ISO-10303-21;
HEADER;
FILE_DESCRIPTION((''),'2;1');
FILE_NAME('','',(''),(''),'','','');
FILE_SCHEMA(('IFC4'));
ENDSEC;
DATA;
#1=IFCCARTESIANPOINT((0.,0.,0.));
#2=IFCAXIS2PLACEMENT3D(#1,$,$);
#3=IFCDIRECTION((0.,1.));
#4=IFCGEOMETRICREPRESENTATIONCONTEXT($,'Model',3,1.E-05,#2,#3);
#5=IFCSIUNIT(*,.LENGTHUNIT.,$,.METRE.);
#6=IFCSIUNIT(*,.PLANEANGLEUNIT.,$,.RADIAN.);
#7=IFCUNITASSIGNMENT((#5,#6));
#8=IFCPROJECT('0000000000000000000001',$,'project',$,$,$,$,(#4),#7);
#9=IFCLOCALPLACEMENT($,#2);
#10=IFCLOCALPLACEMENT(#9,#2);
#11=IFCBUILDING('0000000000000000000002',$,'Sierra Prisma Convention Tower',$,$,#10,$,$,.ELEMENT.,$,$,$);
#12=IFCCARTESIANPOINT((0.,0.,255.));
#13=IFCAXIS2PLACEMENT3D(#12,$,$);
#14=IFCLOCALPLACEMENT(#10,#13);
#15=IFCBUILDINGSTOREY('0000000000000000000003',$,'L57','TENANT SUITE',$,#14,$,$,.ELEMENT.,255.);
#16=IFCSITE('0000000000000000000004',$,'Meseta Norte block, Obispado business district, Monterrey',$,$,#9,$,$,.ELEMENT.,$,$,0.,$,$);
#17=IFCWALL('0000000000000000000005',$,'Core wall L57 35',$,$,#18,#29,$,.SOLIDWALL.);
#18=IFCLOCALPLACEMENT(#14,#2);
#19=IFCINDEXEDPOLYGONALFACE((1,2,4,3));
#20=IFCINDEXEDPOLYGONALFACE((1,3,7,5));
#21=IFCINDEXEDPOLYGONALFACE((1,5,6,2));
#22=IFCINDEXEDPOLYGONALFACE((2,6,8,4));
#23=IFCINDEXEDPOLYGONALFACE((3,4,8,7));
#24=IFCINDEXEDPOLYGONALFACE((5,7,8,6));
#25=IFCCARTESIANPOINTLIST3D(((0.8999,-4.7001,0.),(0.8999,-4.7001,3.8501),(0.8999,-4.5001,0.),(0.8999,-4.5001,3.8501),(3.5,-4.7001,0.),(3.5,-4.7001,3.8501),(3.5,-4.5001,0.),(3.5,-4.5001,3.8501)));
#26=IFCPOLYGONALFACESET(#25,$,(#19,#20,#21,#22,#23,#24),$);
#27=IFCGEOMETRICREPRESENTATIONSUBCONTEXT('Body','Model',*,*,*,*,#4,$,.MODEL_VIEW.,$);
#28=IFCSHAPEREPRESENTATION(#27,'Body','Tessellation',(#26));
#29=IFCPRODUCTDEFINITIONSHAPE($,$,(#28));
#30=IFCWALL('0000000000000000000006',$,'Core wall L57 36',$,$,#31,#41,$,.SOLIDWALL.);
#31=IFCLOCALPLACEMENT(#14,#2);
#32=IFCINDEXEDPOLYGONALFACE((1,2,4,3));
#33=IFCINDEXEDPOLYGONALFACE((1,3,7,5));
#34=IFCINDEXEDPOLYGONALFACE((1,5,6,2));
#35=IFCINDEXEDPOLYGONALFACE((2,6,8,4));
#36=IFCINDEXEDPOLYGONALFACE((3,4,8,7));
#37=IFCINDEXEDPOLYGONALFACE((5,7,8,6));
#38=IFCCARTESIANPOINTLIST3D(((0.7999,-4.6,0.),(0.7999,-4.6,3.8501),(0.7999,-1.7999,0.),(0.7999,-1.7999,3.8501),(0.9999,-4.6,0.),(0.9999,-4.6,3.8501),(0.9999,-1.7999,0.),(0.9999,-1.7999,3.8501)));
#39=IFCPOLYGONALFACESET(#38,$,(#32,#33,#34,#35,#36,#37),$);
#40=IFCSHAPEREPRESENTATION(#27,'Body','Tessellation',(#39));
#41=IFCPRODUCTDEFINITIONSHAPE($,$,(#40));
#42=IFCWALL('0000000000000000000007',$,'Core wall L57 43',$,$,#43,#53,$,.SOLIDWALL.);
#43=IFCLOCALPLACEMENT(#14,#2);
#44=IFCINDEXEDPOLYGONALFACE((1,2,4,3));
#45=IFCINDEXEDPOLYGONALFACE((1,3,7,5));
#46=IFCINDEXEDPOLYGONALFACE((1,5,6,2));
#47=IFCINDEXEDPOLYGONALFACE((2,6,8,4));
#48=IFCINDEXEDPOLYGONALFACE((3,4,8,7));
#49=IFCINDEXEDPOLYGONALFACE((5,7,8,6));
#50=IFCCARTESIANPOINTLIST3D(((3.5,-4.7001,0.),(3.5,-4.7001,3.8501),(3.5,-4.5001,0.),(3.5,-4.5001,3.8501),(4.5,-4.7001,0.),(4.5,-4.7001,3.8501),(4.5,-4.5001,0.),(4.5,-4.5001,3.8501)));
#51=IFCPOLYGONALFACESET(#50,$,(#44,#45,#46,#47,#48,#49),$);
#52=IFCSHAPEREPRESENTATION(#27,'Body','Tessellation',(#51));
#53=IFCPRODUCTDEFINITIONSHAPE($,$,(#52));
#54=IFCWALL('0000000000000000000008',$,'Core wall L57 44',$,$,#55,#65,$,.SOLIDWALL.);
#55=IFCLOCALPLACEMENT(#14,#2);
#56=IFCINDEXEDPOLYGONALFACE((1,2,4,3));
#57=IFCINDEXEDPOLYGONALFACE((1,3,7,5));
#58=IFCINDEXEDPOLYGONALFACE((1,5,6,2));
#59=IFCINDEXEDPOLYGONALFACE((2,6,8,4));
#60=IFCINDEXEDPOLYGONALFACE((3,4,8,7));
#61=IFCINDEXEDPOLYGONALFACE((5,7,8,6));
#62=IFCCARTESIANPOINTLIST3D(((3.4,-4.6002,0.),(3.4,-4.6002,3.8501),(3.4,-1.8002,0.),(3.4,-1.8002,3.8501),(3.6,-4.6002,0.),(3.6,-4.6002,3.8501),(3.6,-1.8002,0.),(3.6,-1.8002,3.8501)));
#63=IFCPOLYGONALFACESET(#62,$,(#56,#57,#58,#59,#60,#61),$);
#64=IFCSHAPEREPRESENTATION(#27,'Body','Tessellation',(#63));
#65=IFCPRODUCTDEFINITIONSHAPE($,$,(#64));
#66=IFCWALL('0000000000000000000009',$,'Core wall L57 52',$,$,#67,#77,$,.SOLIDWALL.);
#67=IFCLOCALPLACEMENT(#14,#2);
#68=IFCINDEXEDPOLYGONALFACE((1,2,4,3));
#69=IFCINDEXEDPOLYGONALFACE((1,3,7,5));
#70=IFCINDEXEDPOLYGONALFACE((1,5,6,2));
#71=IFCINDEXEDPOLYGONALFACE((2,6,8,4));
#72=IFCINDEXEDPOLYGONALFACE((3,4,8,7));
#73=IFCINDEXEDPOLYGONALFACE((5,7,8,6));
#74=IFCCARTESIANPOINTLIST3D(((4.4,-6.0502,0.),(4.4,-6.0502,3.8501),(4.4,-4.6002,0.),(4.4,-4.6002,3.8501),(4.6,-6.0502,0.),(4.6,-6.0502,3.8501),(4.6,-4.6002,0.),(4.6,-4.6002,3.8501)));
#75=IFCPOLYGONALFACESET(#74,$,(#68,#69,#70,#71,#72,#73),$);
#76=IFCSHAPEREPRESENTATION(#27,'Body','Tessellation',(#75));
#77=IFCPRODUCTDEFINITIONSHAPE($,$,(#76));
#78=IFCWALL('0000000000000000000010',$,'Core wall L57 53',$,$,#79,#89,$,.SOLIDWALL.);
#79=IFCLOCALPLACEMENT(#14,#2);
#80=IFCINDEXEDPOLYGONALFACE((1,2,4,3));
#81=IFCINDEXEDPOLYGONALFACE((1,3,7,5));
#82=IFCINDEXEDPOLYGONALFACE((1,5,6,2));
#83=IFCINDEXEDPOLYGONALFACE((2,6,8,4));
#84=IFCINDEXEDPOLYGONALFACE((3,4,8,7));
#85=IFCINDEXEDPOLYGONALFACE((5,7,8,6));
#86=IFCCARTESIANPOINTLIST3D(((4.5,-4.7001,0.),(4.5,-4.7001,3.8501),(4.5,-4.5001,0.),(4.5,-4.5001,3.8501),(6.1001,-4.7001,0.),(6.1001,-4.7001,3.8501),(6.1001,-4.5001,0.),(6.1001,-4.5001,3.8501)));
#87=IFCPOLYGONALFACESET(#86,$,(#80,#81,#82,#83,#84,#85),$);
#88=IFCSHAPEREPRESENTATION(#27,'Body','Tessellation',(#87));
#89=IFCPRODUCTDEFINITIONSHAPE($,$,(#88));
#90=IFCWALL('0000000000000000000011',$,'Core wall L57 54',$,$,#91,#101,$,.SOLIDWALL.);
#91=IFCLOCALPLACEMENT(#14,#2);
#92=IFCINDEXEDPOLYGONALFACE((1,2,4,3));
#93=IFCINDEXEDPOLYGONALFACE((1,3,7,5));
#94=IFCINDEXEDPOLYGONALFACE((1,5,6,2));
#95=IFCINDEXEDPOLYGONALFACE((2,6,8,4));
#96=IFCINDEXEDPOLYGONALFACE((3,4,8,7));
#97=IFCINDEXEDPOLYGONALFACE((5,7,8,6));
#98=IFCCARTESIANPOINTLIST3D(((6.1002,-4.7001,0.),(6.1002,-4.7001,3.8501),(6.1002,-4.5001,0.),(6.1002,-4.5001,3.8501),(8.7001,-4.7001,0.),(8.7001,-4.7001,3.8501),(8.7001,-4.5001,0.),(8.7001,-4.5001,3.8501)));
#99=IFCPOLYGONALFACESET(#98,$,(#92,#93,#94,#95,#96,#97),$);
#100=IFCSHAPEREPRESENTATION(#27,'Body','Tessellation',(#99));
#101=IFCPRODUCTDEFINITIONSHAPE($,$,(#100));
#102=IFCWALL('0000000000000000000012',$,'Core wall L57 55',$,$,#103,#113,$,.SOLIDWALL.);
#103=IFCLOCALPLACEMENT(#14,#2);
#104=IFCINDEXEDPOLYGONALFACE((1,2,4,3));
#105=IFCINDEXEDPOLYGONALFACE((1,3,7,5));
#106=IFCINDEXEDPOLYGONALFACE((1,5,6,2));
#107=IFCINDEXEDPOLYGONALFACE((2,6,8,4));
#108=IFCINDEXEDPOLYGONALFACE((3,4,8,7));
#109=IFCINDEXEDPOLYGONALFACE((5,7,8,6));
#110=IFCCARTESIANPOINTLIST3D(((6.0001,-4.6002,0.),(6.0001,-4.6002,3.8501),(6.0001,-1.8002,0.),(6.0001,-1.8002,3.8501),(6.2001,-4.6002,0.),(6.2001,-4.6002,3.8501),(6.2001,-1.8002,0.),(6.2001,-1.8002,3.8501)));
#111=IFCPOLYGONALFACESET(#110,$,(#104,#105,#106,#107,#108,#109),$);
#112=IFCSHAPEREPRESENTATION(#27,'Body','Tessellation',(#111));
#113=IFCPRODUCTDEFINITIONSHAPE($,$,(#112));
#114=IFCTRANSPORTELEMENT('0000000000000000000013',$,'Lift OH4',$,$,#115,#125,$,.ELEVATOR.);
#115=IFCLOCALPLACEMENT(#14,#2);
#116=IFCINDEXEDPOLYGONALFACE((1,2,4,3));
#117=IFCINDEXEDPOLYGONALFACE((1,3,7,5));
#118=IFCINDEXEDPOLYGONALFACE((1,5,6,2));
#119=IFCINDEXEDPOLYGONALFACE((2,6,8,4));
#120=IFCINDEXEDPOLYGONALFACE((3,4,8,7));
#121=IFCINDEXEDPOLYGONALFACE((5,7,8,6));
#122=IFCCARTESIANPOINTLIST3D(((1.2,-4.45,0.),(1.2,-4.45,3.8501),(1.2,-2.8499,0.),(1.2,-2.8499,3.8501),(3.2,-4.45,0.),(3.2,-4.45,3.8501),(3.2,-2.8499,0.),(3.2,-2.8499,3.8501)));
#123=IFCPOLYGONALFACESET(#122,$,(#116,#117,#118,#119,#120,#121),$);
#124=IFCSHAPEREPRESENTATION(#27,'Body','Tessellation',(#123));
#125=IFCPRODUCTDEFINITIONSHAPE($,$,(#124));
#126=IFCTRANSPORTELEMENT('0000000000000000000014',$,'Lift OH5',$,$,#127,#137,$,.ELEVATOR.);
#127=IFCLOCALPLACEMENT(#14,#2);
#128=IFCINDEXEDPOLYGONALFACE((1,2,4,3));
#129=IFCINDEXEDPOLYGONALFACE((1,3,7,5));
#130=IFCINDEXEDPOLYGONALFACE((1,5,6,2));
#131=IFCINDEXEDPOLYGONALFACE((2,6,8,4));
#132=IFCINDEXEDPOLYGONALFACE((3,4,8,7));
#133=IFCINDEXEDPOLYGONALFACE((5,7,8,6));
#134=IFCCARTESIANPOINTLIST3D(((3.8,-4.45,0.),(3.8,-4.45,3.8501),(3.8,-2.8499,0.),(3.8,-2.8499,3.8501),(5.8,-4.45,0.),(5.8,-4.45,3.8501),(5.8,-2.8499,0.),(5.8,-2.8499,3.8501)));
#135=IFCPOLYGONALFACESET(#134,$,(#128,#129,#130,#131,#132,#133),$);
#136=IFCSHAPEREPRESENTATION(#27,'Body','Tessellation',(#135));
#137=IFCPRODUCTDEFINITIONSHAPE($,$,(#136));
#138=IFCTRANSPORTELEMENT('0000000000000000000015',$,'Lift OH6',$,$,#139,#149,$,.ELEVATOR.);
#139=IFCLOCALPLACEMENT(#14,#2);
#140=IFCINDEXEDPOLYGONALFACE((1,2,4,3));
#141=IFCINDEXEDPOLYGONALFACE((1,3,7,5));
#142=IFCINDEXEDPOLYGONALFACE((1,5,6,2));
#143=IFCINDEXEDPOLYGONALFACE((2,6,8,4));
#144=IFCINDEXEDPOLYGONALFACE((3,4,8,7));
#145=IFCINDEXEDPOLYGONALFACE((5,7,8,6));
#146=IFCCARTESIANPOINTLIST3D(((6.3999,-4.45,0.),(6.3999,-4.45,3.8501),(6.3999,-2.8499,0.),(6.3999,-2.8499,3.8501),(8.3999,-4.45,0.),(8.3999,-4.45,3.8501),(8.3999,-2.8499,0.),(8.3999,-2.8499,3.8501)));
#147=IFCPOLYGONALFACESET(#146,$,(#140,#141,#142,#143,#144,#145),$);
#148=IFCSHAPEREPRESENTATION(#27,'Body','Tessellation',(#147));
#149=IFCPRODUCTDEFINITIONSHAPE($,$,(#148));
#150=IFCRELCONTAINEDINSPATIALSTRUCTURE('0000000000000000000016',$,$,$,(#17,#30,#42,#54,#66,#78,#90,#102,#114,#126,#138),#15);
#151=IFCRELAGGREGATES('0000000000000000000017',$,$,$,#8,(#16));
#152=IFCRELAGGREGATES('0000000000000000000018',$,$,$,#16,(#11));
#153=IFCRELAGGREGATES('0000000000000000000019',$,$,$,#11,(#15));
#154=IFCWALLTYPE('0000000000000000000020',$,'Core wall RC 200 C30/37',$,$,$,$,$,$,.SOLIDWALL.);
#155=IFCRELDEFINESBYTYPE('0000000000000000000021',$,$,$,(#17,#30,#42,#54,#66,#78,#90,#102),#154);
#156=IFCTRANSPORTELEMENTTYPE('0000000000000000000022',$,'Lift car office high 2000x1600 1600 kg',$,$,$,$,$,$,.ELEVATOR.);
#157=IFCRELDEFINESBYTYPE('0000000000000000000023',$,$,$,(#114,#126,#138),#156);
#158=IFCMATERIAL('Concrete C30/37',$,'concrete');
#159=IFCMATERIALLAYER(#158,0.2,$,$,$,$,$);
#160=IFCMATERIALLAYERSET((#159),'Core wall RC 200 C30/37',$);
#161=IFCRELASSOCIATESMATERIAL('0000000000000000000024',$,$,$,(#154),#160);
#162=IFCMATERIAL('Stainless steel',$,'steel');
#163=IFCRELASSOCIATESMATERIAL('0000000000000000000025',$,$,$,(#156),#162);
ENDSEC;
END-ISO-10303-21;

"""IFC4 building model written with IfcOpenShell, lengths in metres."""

from ifc_helpers import new_model, si_unit, direction, frame, frame_2d, origin, origin_2d, place, context, subcontext, project, spatial, rectangle, extrude, material, layer, layer_set, type_object, element, save


model = new_model("IFC4")

# Units and contexts
model_context = context("Model", 3, precision=1e-05, world=origin(), true_north=direction((0.0, 1.0)))
body_context = subcontext(model_context, "Body", "Model", "MODEL_VIEW")
ifc_project = project(units=[si_unit("LENGTHUNIT", "METRE"), si_unit("PLANEANGLEUNIT", "RADIAN")], contexts=[model_context])

# Site, building, storey
site_placement = place(None, origin())
site = spatial("IfcSite", under=ifc_project, at=site_placement, Name="Meseta Norte block, Obispado business district, Monterrey", CompositionType="ELEMENT", RefElevation=0.0)
building_placement = place(site_placement, origin())
building = spatial("IfcBuilding", under=site, at=building_placement, Name="Sierra Prisma Convention Tower", CompositionType="ELEMENT")
storey_placement = place(building_placement, frame((0.0, 0.0, 255.0)))
storey = spatial("IfcBuildingStorey", under=building, at=storey_placement, Name="L57", Description="TENANT SUITE", CompositionType="ELEMENT", Elevation=255.0)

# Walls
ifc_material_1 = material(Name="Concrete C30/37", Category="concrete")
ifc_layer = layer(ifc_material_1, 0.2)
ifc_layer_set = layer_set([ifc_layer], Name="Core wall RC 200 C30/37")
wall_type = type_object("IfcWallType", Name="Core wall RC 200 C30/37", PredefinedType="SOLIDWALL", material=ifc_layer_set)
wall_1_placement = place(storey_placement, frame((3.5, -4.6001, 0.0), z_axis=(0.0, 0.0, 1.0), x_axis=(-1.0, 0.0, 0.0)))
element("IfcWall", 1, at=wall_1_placement, inside=storey, type_object=wall_type, Name="Core wall L57 35", PredefinedType="SOLIDWALL", context=body_context, shape_type="SweptSolid", body=[
    extrude(rectangle(XDim=2.6001, YDim=0.2, at=frame_2d((1.3, 0.0))), origin(), (0.0, 0.0, 1.0), 3.8501),
])
wall_2_placement = place(storey_placement, frame((0.8999, -1.8, 0.0), z_axis=(0.0, 0.0, 1.0), x_axis=(0.0, -1.0, 0.0)))
element("IfcWall", 2, at=wall_2_placement, inside=storey, type_object=wall_type, Name="Core wall L57 36", PredefinedType="SOLIDWALL", context=body_context, shape_type="SweptSolid", body=[
    extrude(rectangle(XDim=2.8, YDim=0.2, at=frame_2d((1.3999, 0.0))), origin(), (0.0, 0.0, 1.0), 3.8501),
])

# Walls
wall_3_placement = place(storey_placement, frame((4.5, -4.6001, 0.0), z_axis=(0.0, 0.0, 1.0), x_axis=(-1.0, 0.0, 0.0)))
element("IfcWall", 3, at=wall_3_placement, inside=storey, type_object=wall_type, Name="Core wall L57 43", PredefinedType="SOLIDWALL", context=body_context, shape_type="SweptSolid", body=[
    extrude(rectangle(XDim=1.0, YDim=0.2, at=frame_2d((0.5, 0.0))), origin(), (0.0, 0.0, 1.0), 3.8501),
])
wall_4_placement = place(storey_placement, frame((3.5, -4.6001, 0.0), z_axis=(0.0, 0.0, 1.0), x_axis=(0.0, 1.0, 0.0)))
element("IfcWall", 4, at=wall_4_placement, inside=storey, type_object=wall_type, Name="Core wall L57 44", PredefinedType="SOLIDWALL", context=body_context, shape_type="SweptSolid", body=[
    extrude(rectangle(XDim=2.8, YDim=0.2, at=frame_2d((1.3999, 0.0))), origin(), (0.0, 0.0, 1.0), 3.8501),
])
wall_5_placement = place(storey_placement, frame((4.5, -4.6001, 0.0), z_axis=(0.0, 0.0, 1.0), x_axis=(0.0, -1.0, 0.0)))
element("IfcWall", 5, at=wall_5_placement, inside=storey, type_object=wall_type, Name="Core wall L57 52", PredefinedType="SOLIDWALL", context=body_context, shape_type="SweptSolid", body=[
    extrude(rectangle(XDim=1.45, YDim=0.2, at=frame_2d((0.7251, 0.0))), origin(), (0.0, 0.0, 1.0), 3.8501),
])
wall_6_placement = place(storey_placement, frame((6.1001, -4.6001, 0.0), z_axis=(0.0, 0.0, 1.0), x_axis=(-1.0, 0.0, 0.0)))
element("IfcWall", 6, at=wall_6_placement, inside=storey, type_object=wall_type, Name="Core wall L57 53", PredefinedType="SOLIDWALL", context=body_context, shape_type="SweptSolid", body=[
    extrude(rectangle(XDim=1.6001, YDim=0.2, at=frame_2d((0.8, 0.0))), origin(), (0.0, 0.0, 1.0), 3.8501),
])
wall_7_placement = place(storey_placement, frame((8.7, -4.6001, 0.0), z_axis=(0.0, 0.0, 1.0), x_axis=(-1.0, 0.0, 0.0)))
element("IfcWall", 7, at=wall_7_placement, inside=storey, type_object=wall_type, Name="Core wall L57 54", PredefinedType="SOLIDWALL", context=body_context, shape_type="SweptSolid", body=[
    extrude(rectangle(XDim=2.5999, YDim=0.2, at=frame_2d((1.2998, 0.0))), origin(), (0.0, 0.0, 1.0), 3.8501),
])
wall_8_placement = place(storey_placement, frame((6.1001, -4.6001, 0.0), z_axis=(0.0, 0.0, 1.0), x_axis=(0.0, 1.0, 0.0)))
element("IfcWall", 8, at=wall_8_placement, inside=storey, type_object=wall_type, Name="Core wall L57 55", PredefinedType="SOLIDWALL", context=body_context, shape_type="SweptSolid", body=[
    extrude(rectangle(XDim=2.8, YDim=0.2, at=frame_2d((1.3999, 0.0))), origin(), (0.0, 0.0, 1.0), 3.8501),
])

# Transport elements
ifc_material_2 = material(Name="Stainless steel", Category="steel")
transport_element_type = type_object("IfcTransportElementType", Name="Lift car office high 2000x1600 1600 kg", PredefinedType="ELEVATOR", material=ifc_material_2)
for number, where, z_axis, x_axis, name in (
    (9, (2.2, -3.6499, 0.0), (0.0, 0.0, 1.0), (1.0, 0.0, 0.0), "Lift OH4"),
    (10, (4.8, -3.6499, 0.0), (0.0, 0.0, 1.0), (1.0, 0.0, 0.0), "Lift OH5"),
    (11, (7.3999, -3.6499, 0.0), (0.0, 0.0, 1.0), (1.0, 0.0, 0.0), "Lift OH6"),
):
    element("IfcTransportElement", number, at=place(storey_placement, frame(where, z_axis=z_axis, x_axis=x_axis)), inside=storey, type_object=transport_element_type, Name=name, PredefinedType="ELEVATOR", context=body_context, shape_type="SweptSolid", body=[
        extrude(rectangle(XDim=2.0, YDim=1.6001, at=origin_2d()), origin(), (0.0, 0.0, 1.0), 3.8501),
    ])

save(model, "model.ifc")
